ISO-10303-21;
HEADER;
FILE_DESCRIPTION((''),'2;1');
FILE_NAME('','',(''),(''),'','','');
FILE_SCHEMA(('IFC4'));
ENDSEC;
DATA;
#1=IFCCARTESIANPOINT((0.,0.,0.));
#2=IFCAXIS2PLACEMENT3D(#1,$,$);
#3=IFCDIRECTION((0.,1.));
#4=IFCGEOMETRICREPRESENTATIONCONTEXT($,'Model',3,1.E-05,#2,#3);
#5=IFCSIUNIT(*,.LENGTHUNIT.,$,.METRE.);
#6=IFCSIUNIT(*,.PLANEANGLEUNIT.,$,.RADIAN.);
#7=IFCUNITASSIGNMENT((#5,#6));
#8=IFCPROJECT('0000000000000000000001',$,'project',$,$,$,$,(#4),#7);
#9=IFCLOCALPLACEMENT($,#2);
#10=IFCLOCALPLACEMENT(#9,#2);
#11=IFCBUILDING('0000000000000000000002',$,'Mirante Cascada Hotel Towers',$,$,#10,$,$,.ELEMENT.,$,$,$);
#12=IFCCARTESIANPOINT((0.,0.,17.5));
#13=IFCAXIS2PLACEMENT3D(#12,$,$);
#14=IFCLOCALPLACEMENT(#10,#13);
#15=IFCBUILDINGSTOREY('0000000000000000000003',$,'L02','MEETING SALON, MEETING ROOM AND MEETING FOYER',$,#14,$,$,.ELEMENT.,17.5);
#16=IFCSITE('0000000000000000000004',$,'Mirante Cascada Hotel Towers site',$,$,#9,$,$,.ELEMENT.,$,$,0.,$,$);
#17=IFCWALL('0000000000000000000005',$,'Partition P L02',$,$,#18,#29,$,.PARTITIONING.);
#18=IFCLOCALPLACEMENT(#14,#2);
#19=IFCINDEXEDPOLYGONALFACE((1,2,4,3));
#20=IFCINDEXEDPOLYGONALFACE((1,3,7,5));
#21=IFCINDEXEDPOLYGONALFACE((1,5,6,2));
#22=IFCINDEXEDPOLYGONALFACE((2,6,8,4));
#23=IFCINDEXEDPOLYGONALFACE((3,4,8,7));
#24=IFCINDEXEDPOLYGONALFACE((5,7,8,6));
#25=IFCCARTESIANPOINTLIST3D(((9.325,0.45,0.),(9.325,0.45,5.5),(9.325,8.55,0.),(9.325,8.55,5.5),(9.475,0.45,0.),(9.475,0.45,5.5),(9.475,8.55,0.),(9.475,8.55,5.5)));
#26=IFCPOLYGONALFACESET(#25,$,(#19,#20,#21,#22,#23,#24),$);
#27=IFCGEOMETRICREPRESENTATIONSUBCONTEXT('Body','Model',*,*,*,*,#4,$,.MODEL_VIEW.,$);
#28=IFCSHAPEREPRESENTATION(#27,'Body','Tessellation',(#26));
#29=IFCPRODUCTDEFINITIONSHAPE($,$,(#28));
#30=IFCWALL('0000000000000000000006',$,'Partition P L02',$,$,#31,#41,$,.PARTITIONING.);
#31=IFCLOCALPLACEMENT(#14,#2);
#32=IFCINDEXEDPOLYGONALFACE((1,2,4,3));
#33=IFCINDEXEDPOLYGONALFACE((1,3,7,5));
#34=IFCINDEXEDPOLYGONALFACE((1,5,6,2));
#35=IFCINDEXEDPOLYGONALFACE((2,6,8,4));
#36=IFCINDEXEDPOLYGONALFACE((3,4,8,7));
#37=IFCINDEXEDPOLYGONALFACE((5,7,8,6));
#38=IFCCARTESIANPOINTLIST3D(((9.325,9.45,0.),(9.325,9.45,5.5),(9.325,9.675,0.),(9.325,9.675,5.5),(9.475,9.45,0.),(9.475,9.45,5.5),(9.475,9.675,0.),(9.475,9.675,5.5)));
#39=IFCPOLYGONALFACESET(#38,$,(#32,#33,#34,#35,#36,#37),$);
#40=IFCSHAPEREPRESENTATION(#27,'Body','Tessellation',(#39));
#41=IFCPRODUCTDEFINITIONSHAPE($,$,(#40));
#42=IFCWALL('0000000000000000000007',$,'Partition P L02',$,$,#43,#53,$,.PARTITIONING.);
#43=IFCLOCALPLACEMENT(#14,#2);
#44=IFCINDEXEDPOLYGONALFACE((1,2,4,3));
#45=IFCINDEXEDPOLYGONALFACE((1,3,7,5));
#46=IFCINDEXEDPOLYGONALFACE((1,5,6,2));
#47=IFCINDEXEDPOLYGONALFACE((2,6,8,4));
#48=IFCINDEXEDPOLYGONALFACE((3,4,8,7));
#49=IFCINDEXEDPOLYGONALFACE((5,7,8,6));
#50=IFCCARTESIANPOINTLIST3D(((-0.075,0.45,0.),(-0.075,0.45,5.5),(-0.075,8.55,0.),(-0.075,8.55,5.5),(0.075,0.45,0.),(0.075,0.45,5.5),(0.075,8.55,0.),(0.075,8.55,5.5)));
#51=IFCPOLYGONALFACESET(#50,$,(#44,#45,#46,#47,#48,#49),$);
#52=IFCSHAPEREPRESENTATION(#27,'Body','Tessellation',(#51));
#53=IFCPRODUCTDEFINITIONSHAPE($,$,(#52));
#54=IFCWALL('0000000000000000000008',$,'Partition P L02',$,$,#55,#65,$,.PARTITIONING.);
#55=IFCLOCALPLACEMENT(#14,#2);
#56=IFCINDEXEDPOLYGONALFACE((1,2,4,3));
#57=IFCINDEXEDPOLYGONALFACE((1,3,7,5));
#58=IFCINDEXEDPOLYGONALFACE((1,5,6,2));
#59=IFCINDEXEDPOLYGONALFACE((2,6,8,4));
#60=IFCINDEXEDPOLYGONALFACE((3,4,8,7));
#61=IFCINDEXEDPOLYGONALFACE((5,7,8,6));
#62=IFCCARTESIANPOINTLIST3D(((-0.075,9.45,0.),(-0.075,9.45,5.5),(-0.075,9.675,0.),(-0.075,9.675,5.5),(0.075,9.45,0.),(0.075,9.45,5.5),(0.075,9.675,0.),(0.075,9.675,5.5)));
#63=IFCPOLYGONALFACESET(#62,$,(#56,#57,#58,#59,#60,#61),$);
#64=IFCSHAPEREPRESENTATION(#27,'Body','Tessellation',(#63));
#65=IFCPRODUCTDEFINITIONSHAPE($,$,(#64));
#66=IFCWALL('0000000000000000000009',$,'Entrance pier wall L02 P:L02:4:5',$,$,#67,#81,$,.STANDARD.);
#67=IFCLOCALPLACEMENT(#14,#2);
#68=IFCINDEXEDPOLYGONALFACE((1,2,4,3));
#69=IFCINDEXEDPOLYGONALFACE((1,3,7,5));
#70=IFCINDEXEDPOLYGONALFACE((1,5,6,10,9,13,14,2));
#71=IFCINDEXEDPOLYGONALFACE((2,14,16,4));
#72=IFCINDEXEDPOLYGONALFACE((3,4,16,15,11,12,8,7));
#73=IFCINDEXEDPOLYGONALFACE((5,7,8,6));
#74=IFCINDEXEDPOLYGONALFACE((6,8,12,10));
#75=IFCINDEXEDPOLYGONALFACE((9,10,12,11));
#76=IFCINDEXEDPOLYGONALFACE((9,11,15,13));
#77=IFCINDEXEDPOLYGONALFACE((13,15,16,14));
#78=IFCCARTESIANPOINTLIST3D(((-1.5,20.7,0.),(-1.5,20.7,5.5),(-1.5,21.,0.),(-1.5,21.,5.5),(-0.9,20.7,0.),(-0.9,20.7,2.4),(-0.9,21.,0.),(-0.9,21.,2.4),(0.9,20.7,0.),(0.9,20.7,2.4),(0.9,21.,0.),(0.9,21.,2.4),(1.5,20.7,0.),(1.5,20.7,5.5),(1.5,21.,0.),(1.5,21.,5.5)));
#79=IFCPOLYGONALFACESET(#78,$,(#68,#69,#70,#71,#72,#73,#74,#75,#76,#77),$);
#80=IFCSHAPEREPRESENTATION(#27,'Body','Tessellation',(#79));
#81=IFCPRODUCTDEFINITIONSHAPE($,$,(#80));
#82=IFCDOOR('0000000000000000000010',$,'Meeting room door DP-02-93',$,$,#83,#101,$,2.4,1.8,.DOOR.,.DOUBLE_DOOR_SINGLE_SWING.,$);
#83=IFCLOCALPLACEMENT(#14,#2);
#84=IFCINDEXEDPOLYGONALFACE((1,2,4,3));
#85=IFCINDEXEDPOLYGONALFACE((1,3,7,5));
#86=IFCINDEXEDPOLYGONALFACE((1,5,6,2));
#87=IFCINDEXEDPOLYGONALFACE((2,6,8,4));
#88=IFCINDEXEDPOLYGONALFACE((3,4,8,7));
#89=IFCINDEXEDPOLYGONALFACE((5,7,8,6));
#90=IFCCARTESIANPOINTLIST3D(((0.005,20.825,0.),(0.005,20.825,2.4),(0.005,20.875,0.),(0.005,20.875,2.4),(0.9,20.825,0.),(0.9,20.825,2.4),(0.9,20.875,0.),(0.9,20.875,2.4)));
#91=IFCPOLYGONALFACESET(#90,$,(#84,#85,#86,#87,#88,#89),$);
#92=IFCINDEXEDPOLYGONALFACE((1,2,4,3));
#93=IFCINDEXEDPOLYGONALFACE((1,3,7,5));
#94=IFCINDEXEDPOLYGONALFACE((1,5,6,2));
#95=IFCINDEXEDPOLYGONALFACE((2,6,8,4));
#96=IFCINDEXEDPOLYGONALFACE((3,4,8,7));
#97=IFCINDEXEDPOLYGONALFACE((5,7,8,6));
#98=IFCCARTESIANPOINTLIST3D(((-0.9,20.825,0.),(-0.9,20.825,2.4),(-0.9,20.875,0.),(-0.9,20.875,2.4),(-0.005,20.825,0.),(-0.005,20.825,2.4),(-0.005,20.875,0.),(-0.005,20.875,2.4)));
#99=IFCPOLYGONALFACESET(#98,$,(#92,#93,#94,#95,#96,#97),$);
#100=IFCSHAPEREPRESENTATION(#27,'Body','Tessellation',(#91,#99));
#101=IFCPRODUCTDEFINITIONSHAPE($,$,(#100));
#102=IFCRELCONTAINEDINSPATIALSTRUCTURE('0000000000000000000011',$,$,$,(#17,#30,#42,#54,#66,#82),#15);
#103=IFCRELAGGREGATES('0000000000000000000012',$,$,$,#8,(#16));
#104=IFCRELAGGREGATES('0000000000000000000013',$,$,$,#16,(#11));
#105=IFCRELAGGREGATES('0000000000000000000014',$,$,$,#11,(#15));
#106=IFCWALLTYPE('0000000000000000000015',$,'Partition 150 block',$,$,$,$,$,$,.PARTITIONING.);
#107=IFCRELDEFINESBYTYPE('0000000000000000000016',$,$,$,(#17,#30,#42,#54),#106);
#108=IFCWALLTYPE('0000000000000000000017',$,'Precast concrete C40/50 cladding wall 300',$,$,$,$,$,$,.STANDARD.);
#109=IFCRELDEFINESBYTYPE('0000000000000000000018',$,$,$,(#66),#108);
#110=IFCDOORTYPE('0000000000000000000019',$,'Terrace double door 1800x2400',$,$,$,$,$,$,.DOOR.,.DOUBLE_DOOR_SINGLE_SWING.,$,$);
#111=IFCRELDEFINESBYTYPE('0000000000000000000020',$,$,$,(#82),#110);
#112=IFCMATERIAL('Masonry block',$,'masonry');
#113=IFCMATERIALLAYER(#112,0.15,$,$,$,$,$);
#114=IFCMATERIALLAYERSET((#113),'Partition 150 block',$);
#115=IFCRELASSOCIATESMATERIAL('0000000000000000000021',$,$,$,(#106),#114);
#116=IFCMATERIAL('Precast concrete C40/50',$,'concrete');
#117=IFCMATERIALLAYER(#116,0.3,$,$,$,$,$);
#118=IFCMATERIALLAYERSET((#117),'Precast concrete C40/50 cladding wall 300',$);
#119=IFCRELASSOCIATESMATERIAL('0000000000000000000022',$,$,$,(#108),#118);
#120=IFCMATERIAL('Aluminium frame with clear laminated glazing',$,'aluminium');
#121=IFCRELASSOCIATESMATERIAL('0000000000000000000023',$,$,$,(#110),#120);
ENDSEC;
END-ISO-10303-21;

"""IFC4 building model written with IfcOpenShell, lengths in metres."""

from ifc_helpers import new_model, si_unit, direction, frame, frame_2d, origin, place, context, subcontext, project, spatial, rectangle, extrude, material, layer, layer_set, type_object, element, fill, save


model = new_model("IFC4")

# Units and contexts
model_context = context("Model", 3, precision=1e-05, world=origin(), true_north=direction((0.0, 1.0)))
body_context = subcontext(model_context, "Body", "Model", "MODEL_VIEW")
ifc_project = project(units=[si_unit("LENGTHUNIT", "METRE"), si_unit("PLANEANGLEUNIT", "RADIAN")], contexts=[model_context])

# Site, building, storey
site_placement = place(None, origin())
site = spatial("IfcSite", under=ifc_project, at=site_placement, Name="Mirante Cascada Hotel Towers site", CompositionType="ELEMENT", RefElevation=0.0)
building_placement = place(site_placement, origin())
building = spatial("IfcBuilding", under=site, at=building_placement, Name="Mirante Cascada Hotel Towers", CompositionType="ELEMENT")
storey_placement = place(building_placement, frame((0.0, 0.0, 17.5)))
storey = spatial("IfcBuildingStorey", under=building, at=storey_placement, Name="L02", Description="MEETING SALON, MEETING ROOM AND MEETING FOYER", CompositionType="ELEMENT", Elevation=17.5)

# Walls
ifc_material_1 = material(Name="Masonry block", Category="masonry")
ifc_layer_1 = layer(ifc_material_1, 0.15)
ifc_layer_set_1 = layer_set([ifc_layer_1], Name="Partition 150 block")
wall_type_1 = type_object("IfcWallType", Name="Partition 150 block", PredefinedType="PARTITIONING", material=ifc_layer_set_1)
wall_1_placement = place(storey_placement, frame((9.4, 0.45, 0.0), z_axis=(0.0, 0.0, 1.0), x_axis=(0.0, 1.0, 0.0)))
element("IfcWall", 1, at=wall_1_placement, inside=storey, type_object=wall_type_1, Name="Partition P L02", PredefinedType="PARTITIONING", context=body_context, shape_type="SweptSolid", body=[
    extrude(rectangle(XDim=8.1, YDim=0.15, at=frame_2d((4.05, 0.0))), origin(), (0.0, 0.0, 1.0), 5.5),
])
wall_2_placement = place(storey_placement, frame((9.4, 9.45, 0.0), z_axis=(0.0, 0.0, 1.0), x_axis=(0.0, 1.0, 0.0)))
element("IfcWall", 2, at=wall_2_placement, inside=storey, type_object=wall_type_1, Name="Partition P L02", PredefinedType="PARTITIONING", context=body_context, shape_type="SweptSolid", body=[
    extrude(rectangle(XDim=0.225, YDim=0.15, at=frame_2d((0.1125, 0.0))), origin(), (0.0, 0.0, 1.0), 5.5),
])
wall_3_placement = place(storey_placement, frame((0.0, 0.45, 0.0), z_axis=(0.0, 0.0, 1.0), x_axis=(0.0, 1.0, 0.0)))
element("IfcWall", 3, at=wall_3_placement, inside=storey, type_object=wall_type_1, Name="Partition P L02", PredefinedType="PARTITIONING", context=body_context, shape_type="SweptSolid", body=[
    extrude(rectangle(XDim=8.1, YDim=0.15, at=frame_2d((4.05, 0.0))), origin(), (0.0, 0.0, 1.0), 5.5),
])
wall_4_placement = place(storey_placement, frame((0.0, 9.45, 0.0), z_axis=(0.0, 0.0, 1.0), x_axis=(0.0, 1.0, 0.0)))
element("IfcWall", 4, at=wall_4_placement, inside=storey, type_object=wall_type_1, Name="Partition P L02", PredefinedType="PARTITIONING", context=body_context, shape_type="SweptSolid", body=[
    extrude(rectangle(XDim=0.225, YDim=0.15, at=frame_2d((0.1125, 0.0))), origin(), (0.0, 0.0, 1.0), 5.5),
])

# Wall, opening, door
ifc_material_2 = material(Name="Precast concrete C40/50", Category="concrete")
ifc_layer_2 = layer(ifc_material_2, 0.3)
ifc_layer_set_2 = layer_set([ifc_layer_2], Name="Precast concrete C40/50 cladding wall 300")
wall_type_2 = type_object("IfcWallType", Name="Precast concrete C40/50 cladding wall 300", PredefinedType="STANDARD", material=ifc_layer_set_2)
wall_5_placement = place(storey_placement, frame((1.5, 20.85, 0.0), z_axis=(0.0, 0.0, 1.0), x_axis=(-1.0, 0.0, 0.0)))
wall_5 = element("IfcWall", 5, at=wall_5_placement, inside=storey, type_object=wall_type_2, Name="Entrance pier wall L02 P:L02:4:5", PredefinedType="STANDARD", context=body_context, shape_type="SweptSolid", body=[
    extrude(rectangle(XDim=3.0, YDim=0.3, at=frame_2d((1.5, 0.0))), origin(), (0.0, 0.0, 1.0), 5.5),
])
opening_placement = place(wall_5_placement, frame((0.6, 0.0, 0.0)))
opening = element("IfcOpeningElement", 6, at=opening_placement, cuts=wall_5, PredefinedType="OPENING", context=body_context, shape_type="SweptSolid", body=[
    extrude(rectangle(XDim=1.8, YDim=2.4, at=frame_2d((0.9, 1.2))), frame((0.0, 0.15, 0.0), z_axis=(0.0, -1.0, 0.0), x_axis=(1.0, 0.0, 0.0)), (0.0, 0.0, 1.0), 0.3),
])
ifc_material_3 = material(Name="Aluminium frame with clear laminated glazing", Category="aluminium")
door_type = type_object("IfcDoorType", Name="Terrace double door 1800x2400", OperationType="DOUBLE_DOOR_SINGLE_SWING", PredefinedType="DOOR", material=ifc_material_3)
door_placement = place(opening_placement, origin())
door = element("IfcDoor", 7, at=door_placement, inside=storey, type_object=door_type, Name="Meeting room door DP-02-93", OperationType="DOUBLE_DOOR_SINGLE_SWING", OverallHeight=2.4, OverallWidth=1.8, PredefinedType="DOOR", context=body_context, shape_type="SweptSolid", body=[
    extrude(rectangle(XDim=0.895, YDim=2.4, at=frame_2d((0.4475, 1.2))), frame((0.0, 0.025, 0.0), z_axis=(0.0, -1.0, 0.0), x_axis=(1.0, 0.0, 0.0)), (0.0, 0.0, 1.0), 0.05),
    extrude(rectangle(XDim=0.895, YDim=2.4, at=frame_2d((1.3525, 1.2))), frame((0.0, 0.025, 0.0), z_axis=(0.0, -1.0, 0.0), x_axis=(1.0, 0.0, 0.0)), (0.0, 0.0, 1.0), 0.05),
])
fill(opening, door)

save(model, "model.ifc")
